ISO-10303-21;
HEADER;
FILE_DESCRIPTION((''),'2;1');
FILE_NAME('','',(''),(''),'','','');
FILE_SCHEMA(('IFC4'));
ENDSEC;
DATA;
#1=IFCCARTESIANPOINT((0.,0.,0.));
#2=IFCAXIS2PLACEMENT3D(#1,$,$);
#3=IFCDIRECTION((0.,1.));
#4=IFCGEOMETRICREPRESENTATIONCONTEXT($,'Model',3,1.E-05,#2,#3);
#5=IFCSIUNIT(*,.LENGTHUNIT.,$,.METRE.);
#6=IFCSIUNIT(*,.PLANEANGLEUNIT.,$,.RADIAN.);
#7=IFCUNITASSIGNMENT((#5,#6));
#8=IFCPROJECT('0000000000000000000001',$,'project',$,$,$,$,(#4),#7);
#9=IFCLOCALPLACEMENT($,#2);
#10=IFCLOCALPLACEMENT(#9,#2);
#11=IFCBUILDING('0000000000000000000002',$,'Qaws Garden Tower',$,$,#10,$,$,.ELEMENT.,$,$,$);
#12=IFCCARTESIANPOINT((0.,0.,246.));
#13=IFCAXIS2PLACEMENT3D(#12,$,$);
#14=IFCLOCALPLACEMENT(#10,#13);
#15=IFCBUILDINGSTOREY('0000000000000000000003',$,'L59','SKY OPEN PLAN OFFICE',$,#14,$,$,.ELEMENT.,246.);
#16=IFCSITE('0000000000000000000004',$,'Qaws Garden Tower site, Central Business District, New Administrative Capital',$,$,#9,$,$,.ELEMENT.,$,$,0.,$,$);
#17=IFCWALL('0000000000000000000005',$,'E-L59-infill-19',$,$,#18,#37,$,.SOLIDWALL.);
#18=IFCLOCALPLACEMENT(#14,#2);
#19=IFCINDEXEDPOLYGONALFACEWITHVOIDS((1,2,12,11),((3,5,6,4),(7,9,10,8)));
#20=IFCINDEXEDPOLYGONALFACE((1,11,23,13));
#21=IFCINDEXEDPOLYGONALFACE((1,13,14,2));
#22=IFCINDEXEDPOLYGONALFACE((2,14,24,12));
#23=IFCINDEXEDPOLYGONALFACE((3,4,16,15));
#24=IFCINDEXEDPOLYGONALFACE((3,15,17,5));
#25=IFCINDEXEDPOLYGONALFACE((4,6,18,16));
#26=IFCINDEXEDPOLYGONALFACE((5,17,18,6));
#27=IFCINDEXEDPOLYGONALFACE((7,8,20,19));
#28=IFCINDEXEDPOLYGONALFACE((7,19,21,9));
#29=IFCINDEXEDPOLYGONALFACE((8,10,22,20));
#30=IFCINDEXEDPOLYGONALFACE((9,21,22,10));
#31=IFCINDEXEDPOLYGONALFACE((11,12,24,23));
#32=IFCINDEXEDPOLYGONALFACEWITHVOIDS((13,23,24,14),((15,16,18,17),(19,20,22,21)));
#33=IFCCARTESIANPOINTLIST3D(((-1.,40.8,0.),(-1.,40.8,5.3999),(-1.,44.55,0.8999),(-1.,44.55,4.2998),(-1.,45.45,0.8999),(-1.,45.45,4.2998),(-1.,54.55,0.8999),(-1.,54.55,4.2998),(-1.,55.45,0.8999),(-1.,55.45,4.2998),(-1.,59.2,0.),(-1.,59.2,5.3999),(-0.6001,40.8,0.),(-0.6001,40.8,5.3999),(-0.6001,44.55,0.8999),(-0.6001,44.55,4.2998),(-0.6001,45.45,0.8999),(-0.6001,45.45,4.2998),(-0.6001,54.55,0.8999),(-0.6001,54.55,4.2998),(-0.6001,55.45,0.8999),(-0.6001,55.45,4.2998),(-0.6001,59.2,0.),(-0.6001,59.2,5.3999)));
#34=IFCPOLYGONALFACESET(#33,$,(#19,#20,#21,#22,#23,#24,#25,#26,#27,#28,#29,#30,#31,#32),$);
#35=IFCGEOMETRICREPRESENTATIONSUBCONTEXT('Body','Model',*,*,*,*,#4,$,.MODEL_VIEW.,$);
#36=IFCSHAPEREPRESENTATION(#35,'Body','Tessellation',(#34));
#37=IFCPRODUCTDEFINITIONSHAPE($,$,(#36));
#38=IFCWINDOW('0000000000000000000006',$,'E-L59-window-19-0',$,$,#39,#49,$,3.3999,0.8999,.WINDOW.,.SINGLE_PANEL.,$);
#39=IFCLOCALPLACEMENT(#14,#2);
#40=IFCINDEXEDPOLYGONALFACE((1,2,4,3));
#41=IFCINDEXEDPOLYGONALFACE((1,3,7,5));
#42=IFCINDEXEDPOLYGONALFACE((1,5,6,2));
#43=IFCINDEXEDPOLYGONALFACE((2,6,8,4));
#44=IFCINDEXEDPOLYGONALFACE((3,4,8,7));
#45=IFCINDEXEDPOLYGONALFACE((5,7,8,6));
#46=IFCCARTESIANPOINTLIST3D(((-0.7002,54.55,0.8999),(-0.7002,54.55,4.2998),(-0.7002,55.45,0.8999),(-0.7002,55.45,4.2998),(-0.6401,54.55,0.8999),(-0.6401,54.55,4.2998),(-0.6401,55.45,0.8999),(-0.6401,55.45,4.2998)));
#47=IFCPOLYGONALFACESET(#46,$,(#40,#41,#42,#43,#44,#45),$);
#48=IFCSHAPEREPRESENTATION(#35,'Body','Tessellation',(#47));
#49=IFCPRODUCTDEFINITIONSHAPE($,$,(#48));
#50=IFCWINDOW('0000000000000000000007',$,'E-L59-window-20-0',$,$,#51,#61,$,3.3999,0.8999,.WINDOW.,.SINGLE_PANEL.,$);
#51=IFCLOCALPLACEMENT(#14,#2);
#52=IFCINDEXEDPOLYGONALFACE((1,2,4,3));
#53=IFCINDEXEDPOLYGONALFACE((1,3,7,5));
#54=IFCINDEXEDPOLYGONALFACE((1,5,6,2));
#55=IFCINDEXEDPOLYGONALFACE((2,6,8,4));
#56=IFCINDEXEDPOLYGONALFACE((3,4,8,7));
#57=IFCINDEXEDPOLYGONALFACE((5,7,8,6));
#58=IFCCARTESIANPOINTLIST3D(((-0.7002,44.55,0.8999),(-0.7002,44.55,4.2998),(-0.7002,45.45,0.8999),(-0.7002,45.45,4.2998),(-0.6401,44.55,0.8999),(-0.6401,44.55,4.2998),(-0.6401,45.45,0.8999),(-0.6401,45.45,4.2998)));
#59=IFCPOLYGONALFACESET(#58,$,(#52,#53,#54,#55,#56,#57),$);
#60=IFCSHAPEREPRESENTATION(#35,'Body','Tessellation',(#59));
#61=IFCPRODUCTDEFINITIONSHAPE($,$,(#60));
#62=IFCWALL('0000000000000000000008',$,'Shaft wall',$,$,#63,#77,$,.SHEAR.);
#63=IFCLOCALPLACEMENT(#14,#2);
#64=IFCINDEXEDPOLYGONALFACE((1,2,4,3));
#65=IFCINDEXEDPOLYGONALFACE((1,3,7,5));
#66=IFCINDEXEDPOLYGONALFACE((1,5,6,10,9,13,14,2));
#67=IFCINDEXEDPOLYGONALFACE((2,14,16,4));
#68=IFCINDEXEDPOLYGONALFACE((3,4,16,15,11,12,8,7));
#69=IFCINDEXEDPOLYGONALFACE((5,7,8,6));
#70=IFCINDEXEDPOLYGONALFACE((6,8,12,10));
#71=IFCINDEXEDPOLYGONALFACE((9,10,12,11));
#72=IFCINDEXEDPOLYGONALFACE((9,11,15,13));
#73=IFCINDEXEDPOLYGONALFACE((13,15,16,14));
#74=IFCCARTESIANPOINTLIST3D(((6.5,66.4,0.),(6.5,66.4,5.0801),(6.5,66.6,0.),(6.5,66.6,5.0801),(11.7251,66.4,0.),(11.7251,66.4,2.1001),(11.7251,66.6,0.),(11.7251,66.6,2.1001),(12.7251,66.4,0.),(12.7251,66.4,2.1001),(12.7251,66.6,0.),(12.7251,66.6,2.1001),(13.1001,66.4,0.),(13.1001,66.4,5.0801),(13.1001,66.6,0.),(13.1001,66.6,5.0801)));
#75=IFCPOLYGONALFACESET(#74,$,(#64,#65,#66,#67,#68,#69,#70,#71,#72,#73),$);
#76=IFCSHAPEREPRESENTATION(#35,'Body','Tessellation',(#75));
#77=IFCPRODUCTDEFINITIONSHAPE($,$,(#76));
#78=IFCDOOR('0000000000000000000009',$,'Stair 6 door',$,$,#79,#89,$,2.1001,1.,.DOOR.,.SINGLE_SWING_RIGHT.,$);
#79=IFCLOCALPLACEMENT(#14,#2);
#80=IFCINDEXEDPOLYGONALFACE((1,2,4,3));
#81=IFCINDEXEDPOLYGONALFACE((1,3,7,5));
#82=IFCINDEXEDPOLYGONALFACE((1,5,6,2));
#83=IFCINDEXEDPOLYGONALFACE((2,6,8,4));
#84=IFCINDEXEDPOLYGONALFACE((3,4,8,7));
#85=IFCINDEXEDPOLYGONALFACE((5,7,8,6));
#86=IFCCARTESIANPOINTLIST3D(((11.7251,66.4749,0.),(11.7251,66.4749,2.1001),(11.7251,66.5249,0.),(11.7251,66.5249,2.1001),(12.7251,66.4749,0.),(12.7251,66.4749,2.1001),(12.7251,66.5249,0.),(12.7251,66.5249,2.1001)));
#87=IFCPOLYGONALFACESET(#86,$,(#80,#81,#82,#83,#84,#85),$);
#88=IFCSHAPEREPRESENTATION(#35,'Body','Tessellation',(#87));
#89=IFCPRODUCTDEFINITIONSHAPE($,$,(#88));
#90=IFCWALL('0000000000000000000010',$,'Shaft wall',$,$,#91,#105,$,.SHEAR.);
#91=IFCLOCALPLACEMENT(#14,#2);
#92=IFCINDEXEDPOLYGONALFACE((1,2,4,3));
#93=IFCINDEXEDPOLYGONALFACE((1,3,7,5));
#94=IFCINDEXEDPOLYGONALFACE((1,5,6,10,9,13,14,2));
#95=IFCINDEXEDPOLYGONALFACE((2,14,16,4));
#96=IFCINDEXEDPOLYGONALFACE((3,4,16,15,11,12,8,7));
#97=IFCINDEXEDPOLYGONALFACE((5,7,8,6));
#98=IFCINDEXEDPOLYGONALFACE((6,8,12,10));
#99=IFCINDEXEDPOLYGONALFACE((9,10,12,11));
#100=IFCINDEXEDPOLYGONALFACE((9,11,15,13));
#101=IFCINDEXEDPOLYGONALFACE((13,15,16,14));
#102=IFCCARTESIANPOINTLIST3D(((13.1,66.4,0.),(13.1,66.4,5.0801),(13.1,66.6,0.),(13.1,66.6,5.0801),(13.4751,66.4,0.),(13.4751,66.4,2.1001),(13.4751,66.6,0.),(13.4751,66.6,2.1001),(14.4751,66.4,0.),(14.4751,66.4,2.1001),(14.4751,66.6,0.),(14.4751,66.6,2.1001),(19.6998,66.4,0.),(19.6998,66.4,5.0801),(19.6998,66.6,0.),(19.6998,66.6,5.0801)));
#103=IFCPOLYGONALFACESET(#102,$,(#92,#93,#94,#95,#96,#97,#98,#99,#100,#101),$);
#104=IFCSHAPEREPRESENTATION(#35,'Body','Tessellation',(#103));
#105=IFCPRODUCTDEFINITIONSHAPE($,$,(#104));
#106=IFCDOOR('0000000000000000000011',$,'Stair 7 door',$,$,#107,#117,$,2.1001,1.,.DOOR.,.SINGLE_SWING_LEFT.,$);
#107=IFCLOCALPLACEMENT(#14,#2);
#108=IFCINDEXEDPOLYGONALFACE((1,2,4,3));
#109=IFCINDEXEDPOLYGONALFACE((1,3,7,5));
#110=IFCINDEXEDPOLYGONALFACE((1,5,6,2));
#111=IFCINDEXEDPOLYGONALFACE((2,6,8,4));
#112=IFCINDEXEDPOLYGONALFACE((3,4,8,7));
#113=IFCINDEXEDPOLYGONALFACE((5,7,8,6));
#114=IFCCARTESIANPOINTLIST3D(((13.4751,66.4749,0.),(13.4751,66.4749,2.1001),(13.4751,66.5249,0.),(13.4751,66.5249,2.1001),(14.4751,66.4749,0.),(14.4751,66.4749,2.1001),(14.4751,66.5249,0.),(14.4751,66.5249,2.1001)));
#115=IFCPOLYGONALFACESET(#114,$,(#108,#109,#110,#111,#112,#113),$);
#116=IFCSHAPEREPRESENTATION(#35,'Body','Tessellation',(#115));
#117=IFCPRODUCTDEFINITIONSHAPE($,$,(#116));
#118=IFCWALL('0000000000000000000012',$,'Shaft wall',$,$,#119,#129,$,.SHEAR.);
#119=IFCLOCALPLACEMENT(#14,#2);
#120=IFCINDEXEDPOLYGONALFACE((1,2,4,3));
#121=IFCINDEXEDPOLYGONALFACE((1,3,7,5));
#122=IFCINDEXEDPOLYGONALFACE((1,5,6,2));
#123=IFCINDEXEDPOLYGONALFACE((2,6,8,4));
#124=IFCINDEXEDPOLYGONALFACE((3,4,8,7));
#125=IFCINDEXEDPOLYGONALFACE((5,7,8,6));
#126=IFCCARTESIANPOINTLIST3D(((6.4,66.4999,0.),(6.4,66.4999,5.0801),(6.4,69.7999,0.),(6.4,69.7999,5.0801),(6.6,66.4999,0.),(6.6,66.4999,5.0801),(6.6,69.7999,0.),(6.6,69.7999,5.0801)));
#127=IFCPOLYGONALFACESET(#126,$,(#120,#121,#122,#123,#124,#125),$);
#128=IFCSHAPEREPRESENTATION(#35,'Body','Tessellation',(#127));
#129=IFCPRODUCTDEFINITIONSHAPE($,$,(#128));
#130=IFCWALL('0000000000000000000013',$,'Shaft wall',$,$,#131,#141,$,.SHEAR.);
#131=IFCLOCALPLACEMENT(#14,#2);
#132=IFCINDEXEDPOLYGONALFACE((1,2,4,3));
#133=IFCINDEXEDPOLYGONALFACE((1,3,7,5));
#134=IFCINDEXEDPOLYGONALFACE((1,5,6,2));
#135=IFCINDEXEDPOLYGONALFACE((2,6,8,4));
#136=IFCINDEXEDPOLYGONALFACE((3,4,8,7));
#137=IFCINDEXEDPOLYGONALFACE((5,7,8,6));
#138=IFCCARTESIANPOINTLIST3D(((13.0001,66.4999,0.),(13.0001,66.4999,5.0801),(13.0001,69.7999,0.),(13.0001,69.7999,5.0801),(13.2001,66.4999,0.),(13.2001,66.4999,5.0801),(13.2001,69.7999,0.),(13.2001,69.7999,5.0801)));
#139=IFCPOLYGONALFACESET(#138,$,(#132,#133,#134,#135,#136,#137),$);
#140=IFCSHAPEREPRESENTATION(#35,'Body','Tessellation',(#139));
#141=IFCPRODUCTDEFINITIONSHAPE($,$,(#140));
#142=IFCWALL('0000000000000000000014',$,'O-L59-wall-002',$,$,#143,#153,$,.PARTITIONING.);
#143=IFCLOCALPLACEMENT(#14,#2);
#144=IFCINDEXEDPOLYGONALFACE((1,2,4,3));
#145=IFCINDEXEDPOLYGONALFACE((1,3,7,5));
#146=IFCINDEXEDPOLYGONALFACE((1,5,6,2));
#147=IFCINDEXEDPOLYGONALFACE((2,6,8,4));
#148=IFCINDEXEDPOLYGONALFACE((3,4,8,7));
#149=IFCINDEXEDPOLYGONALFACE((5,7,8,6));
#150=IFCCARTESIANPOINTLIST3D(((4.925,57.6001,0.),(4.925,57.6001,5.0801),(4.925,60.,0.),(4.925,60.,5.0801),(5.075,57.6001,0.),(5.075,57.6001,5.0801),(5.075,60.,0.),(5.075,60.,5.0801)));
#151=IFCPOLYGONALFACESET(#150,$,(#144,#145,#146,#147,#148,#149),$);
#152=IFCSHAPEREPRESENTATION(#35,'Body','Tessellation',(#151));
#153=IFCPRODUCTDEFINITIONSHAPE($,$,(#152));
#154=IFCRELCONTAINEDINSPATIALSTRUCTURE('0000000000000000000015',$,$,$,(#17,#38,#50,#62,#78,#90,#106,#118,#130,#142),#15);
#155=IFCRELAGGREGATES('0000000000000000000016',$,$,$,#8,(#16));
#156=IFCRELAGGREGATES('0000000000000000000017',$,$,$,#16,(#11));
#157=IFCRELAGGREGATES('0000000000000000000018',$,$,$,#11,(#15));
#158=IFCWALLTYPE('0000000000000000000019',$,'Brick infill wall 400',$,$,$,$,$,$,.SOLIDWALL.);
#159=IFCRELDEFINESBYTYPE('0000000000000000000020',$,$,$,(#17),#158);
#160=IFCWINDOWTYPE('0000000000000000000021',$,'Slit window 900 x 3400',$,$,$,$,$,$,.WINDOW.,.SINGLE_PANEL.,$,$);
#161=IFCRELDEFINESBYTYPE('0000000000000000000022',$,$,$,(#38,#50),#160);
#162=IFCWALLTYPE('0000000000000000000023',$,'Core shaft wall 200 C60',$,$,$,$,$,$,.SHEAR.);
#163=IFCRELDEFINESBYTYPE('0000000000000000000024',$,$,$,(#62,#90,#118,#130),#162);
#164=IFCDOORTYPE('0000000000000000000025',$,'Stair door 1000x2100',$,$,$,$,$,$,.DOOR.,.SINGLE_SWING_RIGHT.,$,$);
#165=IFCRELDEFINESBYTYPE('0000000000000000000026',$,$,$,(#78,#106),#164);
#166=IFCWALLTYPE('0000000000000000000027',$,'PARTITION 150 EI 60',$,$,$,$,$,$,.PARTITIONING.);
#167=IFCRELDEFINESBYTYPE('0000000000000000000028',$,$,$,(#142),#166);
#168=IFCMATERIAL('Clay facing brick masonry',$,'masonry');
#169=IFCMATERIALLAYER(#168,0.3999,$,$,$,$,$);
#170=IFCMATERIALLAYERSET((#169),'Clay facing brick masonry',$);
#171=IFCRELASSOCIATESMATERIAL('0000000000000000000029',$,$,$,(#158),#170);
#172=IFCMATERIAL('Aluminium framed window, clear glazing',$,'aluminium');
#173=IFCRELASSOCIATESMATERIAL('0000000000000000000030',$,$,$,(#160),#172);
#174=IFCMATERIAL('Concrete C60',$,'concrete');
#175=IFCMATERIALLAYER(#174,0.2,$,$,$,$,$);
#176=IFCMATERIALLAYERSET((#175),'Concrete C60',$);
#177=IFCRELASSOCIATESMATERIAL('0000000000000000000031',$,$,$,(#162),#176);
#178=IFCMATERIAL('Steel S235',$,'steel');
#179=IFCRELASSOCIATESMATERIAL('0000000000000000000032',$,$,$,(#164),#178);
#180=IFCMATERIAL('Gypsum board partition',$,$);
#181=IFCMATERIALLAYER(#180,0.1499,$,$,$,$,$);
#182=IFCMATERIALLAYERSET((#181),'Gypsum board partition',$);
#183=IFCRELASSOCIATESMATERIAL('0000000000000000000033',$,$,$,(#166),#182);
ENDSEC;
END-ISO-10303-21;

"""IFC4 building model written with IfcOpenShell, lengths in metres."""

from ifc_helpers import new_model, si_unit, direction, frame, frame_2d, origin, place, context, subcontext, project, spatial, rectangle, extrude, material, layer, layer_set, type_object, element, fill, save


model = new_model("IFC4")

# Units and contexts
model_context = context("Model", 3, precision=1e-05, world=origin(), true_north=direction((0.0, 1.0)))
body_context = subcontext(model_context, "Body", "Model", "MODEL_VIEW")
ifc_project = project(units=[si_unit("LENGTHUNIT", "METRE"), si_unit("PLANEANGLEUNIT", "RADIAN")], contexts=[model_context])

# Site, building, storey
site_placement = place(None, origin())
site = spatial("IfcSite", under=ifc_project, at=site_placement, Name="Qaws Garden Tower site, Central Business District, New Administrative Capital", CompositionType="ELEMENT", RefElevation=0.0)
building_placement = place(site_placement, origin())
building = spatial("IfcBuilding", under=site, at=building_placement, Name="Qaws Garden Tower", CompositionType="ELEMENT")
storey_placement = place(building_placement, frame((0.0, 0.0, 246.0)))
storey = spatial("IfcBuildingStorey", under=building, at=storey_placement, Name="L59", Description="SKY OPEN PLAN OFFICE", CompositionType="ELEMENT", Elevation=246.0)

# Shared definitions
ifc_material_1 = material(Name="Clay facing brick masonry", Category="masonry")
ifc_layer_1 = layer(ifc_material_1, 0.3999)
ifc_layer_set_1 = layer_set([ifc_layer_1], Name="Clay facing brick masonry")
wall_type_1 = type_object("IfcWallType", Name="Brick infill wall 400", PredefinedType="SOLIDWALL", material=ifc_layer_set_1)

# Wall, openings, windows
wall_1_placement = place(storey_placement, frame((-0.8, 59.2, 0.0), z_axis=(0.0, 0.0, 1.0), x_axis=(0.0, -1.0, 0.0)))
wall_1 = element("IfcWall", 1, at=wall_1_placement, inside=storey, type_object=wall_type_1, Name="E-L59-infill-19", PredefinedType="SOLIDWALL", context=body_context, shape_type="SweptSolid", body=[
    extrude(rectangle(XDim=18.3999, YDim=0.3999, at=frame_2d((9.2, 0.0))), origin(), (0.0, 0.0, 1.0), 5.3999),
])
opening_1_placement = place(wall_1_placement, frame((3.75, 0.0, 0.8999)))
opening_1 = element("IfcOpeningElement", 2, at=opening_1_placement, cuts=wall_1, PredefinedType="OPENING", context=body_context, shape_type="SweptSolid", body=[
    extrude(rectangle(XDim=0.8999, YDim=3.3999, at=frame_2d((0.45, 1.7))), frame((0.0, 0.21, 0.0), z_axis=(0.0, -1.0, 0.0), x_axis=(1.0, 0.0, 0.0)), (0.0, 0.0, 1.0), 0.4199),
])
opening_2_placement = place(wall_1_placement, frame((13.75, 0.0, 0.8999)))
opening_2 = element("IfcOpeningElement", 3, at=opening_2_placement, cuts=wall_1, PredefinedType="OPENING", context=body_context, shape_type="SweptSolid", body=[
    extrude(rectangle(XDim=0.8999, YDim=3.3999, at=frame_2d((0.45, 1.7))), frame((0.0, 0.21, 0.0), z_axis=(0.0, -1.0, 0.0), x_axis=(1.0, 0.0, 0.0)), (0.0, 0.0, 1.0), 0.4199),
])
ifc_material_2 = material(Name="Aluminium framed window, clear glazing", Category="aluminium")
window_type_1 = type_object("IfcWindowType", Name="Slit window 900 x 3400", PartitioningType="SINGLE_PANEL", PredefinedType="WINDOW", material=ifc_material_2)
window_1_placement = place(opening_1_placement, origin())
window_1 = element("IfcWindow", 4, at=window_1_placement, inside=storey, type_object=window_type_1, Name="E-L59-window-19-0", OverallHeight=3.3999, OverallWidth=0.8999, PartitioningType="SINGLE_PANEL", PredefinedType="WINDOW", context=body_context, shape_type="SweptSolid", body=[
    extrude(rectangle(XDim=0.8999, YDim=3.3999, at=frame_2d((0.45, 1.7))), frame((0.0, 0.1599, 0.0), z_axis=(0.0, -1.0, 0.0), x_axis=(1.0, 0.0, 0.0)), (0.0, 0.0, 1.0), 0.0601),
])
fill(opening_1, window_1)
window_2_placement = place(opening_2_placement, origin())
window_2 = element("IfcWindow", 5, at=window_2_placement, inside=storey, type_object=window_type_1, Name="E-L59-window-20-0", OverallHeight=3.3999, OverallWidth=0.8999, PartitioningType="SINGLE_PANEL", PredefinedType="WINDOW", context=body_context, shape_type="SweptSolid", body=[
    extrude(rectangle(XDim=0.8999, YDim=3.3999, at=frame_2d((0.45, 1.7))), frame((0.0, 0.1599, 0.0), z_axis=(0.0, -1.0, 0.0), x_axis=(1.0, 0.0, 0.0)), (0.0, 0.0, 1.0), 0.0601),
])
fill(opening_2, window_2)

# Walls, openings, doors
ifc_material_3 = material(Name="Concrete C60", Category="concrete")
ifc_layer_2 = layer(ifc_material_3, 0.2)
ifc_layer_set_2 = layer_set([ifc_layer_2], Name="Concrete C60")
wall_type_2 = type_object("IfcWallType", Name="Core shaft wall 200 C60", PredefinedType="SHEAR", material=ifc_layer_set_2)
wall_2_placement = place(storey_placement, frame((6.5, 66.5, 0.0), z_axis=(0.0, 0.0, 1.0), x_axis=(1.0, 0.0, 0.0)))
wall_2 = element("IfcWall", 6, at=wall_2_placement, inside=storey, type_object=wall_type_2, Name="Shaft wall", PredefinedType="SHEAR", context=body_context, shape_type="SweptSolid", body=[
    extrude(rectangle(XDim=6.6001, YDim=0.2, at=frame_2d((3.3, 0.0))), origin(), (0.0, 0.0, 1.0), 5.0801),
])
opening_3_placement = place(wall_2_placement, frame((5.2251, 0.0, 0.0)))
opening_3 = element("IfcOpeningElement", 7, at=opening_3_placement, cuts=wall_2, PredefinedType="OPENING", context=body_context, shape_type="SweptSolid", body=[
    extrude(rectangle(XDim=1.0, YDim=2.1001, at=frame_2d((0.5, 1.05))), frame((0.0, 0.1099, 0.0), z_axis=(0.0, -1.0, 0.0), x_axis=(1.0, 0.0, 0.0)), (0.0, 0.0, 1.0), 0.22),
])
ifc_material_4 = material(Name="Steel S235", Category="steel")
door_type_1 = type_object("IfcDoorType", Name="Stair door 1000x2100", OperationType="SINGLE_SWING_RIGHT", PredefinedType="DOOR", material=ifc_material_4)
door_1_placement = place(opening_3_placement, origin())
door_1 = element("IfcDoor", 8, at=door_1_placement, inside=storey, type_object=door_type_1, Name="Stair 6 door", OperationType="SINGLE_SWING_RIGHT", OverallHeight=2.1001, OverallWidth=1.0, PredefinedType="DOOR", context=body_context, shape_type="SweptSolid", body=[
    extrude(rectangle(XDim=1.0, YDim=2.1001, at=frame_2d((0.5, 1.05))), frame((0.0, 0.0249, 0.0), z_axis=(0.0, -1.0, 0.0), x_axis=(1.0, 0.0, 0.0)), (0.0, 0.0, 1.0), 0.05),
])
fill(opening_3, door_1)
wall_3_placement = place(storey_placement, frame((13.1001, 66.5, 0.0), z_axis=(0.0, 0.0, 1.0), x_axis=(1.0, 0.0, 0.0)))
wall_3 = element("IfcWall", 9, at=wall_3_placement, inside=storey, type_object=wall_type_2, Name="Shaft wall", PredefinedType="SHEAR", context=body_context, shape_type="SweptSolid", body=[
    extrude(rectangle(XDim=6.5999, YDim=0.2, at=frame_2d((3.2998, 0.0))), origin(), (0.0, 0.0, 1.0), 5.0801),
])
opening_4_placement = place(wall_3_placement, frame((0.375, 0.0, 0.0)))
opening_4 = element("IfcOpeningElement", 10, at=opening_4_placement, cuts=wall_3, PredefinedType="OPENING", context=body_context, shape_type="SweptSolid", body=[
    extrude(rectangle(XDim=1.0, YDim=2.1001, at=frame_2d((0.5, 1.05))), frame((0.0, 0.1099, 0.0), z_axis=(0.0, -1.0, 0.0), x_axis=(1.0, 0.0, 0.0)), (0.0, 0.0, 1.0), 0.22),
])
door_2_placement = place(opening_4_placement, origin())
door_2 = element("IfcDoor", 11, at=door_2_placement, inside=storey, type_object=door_type_1, Name="Stair 7 door", OperationType="SINGLE_SWING_LEFT", OverallHeight=2.1001, OverallWidth=1.0, PredefinedType="DOOR", context=body_context, shape_type="SweptSolid", body=[
    extrude(rectangle(XDim=1.0, YDim=2.1001, at=frame_2d((0.5, 1.05))), frame((0.0, 0.0249, 0.0), z_axis=(0.0, -1.0, 0.0), x_axis=(1.0, 0.0, 0.0)), (0.0, 0.0, 1.0), 0.05),
])
fill(opening_4, door_2)

# Walls
for number, where, z_axis, x_axis, name in (
    (12, (6.5, 66.5, 0.0), (0.0, 0.0, 1.0), (0.0, 1.0, 0.0), "Shaft wall"),
    (13, (13.1001, 66.5, 0.0), (0.0, 0.0, 1.0), (0.0, 1.0, 0.0), "Shaft wall"),
):
    element("IfcWall", number, at=place(storey_placement, frame(where, z_axis=z_axis, x_axis=x_axis)), inside=storey, type_object=wall_type_2, Name=name, PredefinedType="SHEAR", context=body_context, shape_type="SweptSolid", body=[
        extrude(rectangle(XDim=3.3, YDim=0.2, at=frame_2d((1.6499, 0.0))), origin(), (0.0, 0.0, 1.0), 5.0801),
    ])
ifc_material_5 = material(Name="Gypsum board partition")
ifc_layer_3 = layer(ifc_material_5, 0.1499)
ifc_layer_set_3 = layer_set([ifc_layer_3], Name="Gypsum board partition")
wall_type_3 = type_object("IfcWallType", Name="PARTITION 150 EI 60", PredefinedType="PARTITIONING", material=ifc_layer_set_3)
wall_4_placement = place(storey_placement, frame((5.0, 57.6001, 0.0), z_axis=(0.0, 0.0, 1.0), x_axis=(0.0, 1.0, 0.0)))
element("IfcWall", 14, at=wall_4_placement, inside=storey, type_object=wall_type_3, Name="O-L59-wall-002", PredefinedType="PARTITIONING", context=body_context, shape_type="SweptSolid", body=[
    extrude(rectangle(XDim=2.3999, YDim=0.1499, at=frame_2d((1.2, 0.0))), origin(), (0.0, 0.0, 1.0), 5.0801),
])

save(model, "model.ifc")
